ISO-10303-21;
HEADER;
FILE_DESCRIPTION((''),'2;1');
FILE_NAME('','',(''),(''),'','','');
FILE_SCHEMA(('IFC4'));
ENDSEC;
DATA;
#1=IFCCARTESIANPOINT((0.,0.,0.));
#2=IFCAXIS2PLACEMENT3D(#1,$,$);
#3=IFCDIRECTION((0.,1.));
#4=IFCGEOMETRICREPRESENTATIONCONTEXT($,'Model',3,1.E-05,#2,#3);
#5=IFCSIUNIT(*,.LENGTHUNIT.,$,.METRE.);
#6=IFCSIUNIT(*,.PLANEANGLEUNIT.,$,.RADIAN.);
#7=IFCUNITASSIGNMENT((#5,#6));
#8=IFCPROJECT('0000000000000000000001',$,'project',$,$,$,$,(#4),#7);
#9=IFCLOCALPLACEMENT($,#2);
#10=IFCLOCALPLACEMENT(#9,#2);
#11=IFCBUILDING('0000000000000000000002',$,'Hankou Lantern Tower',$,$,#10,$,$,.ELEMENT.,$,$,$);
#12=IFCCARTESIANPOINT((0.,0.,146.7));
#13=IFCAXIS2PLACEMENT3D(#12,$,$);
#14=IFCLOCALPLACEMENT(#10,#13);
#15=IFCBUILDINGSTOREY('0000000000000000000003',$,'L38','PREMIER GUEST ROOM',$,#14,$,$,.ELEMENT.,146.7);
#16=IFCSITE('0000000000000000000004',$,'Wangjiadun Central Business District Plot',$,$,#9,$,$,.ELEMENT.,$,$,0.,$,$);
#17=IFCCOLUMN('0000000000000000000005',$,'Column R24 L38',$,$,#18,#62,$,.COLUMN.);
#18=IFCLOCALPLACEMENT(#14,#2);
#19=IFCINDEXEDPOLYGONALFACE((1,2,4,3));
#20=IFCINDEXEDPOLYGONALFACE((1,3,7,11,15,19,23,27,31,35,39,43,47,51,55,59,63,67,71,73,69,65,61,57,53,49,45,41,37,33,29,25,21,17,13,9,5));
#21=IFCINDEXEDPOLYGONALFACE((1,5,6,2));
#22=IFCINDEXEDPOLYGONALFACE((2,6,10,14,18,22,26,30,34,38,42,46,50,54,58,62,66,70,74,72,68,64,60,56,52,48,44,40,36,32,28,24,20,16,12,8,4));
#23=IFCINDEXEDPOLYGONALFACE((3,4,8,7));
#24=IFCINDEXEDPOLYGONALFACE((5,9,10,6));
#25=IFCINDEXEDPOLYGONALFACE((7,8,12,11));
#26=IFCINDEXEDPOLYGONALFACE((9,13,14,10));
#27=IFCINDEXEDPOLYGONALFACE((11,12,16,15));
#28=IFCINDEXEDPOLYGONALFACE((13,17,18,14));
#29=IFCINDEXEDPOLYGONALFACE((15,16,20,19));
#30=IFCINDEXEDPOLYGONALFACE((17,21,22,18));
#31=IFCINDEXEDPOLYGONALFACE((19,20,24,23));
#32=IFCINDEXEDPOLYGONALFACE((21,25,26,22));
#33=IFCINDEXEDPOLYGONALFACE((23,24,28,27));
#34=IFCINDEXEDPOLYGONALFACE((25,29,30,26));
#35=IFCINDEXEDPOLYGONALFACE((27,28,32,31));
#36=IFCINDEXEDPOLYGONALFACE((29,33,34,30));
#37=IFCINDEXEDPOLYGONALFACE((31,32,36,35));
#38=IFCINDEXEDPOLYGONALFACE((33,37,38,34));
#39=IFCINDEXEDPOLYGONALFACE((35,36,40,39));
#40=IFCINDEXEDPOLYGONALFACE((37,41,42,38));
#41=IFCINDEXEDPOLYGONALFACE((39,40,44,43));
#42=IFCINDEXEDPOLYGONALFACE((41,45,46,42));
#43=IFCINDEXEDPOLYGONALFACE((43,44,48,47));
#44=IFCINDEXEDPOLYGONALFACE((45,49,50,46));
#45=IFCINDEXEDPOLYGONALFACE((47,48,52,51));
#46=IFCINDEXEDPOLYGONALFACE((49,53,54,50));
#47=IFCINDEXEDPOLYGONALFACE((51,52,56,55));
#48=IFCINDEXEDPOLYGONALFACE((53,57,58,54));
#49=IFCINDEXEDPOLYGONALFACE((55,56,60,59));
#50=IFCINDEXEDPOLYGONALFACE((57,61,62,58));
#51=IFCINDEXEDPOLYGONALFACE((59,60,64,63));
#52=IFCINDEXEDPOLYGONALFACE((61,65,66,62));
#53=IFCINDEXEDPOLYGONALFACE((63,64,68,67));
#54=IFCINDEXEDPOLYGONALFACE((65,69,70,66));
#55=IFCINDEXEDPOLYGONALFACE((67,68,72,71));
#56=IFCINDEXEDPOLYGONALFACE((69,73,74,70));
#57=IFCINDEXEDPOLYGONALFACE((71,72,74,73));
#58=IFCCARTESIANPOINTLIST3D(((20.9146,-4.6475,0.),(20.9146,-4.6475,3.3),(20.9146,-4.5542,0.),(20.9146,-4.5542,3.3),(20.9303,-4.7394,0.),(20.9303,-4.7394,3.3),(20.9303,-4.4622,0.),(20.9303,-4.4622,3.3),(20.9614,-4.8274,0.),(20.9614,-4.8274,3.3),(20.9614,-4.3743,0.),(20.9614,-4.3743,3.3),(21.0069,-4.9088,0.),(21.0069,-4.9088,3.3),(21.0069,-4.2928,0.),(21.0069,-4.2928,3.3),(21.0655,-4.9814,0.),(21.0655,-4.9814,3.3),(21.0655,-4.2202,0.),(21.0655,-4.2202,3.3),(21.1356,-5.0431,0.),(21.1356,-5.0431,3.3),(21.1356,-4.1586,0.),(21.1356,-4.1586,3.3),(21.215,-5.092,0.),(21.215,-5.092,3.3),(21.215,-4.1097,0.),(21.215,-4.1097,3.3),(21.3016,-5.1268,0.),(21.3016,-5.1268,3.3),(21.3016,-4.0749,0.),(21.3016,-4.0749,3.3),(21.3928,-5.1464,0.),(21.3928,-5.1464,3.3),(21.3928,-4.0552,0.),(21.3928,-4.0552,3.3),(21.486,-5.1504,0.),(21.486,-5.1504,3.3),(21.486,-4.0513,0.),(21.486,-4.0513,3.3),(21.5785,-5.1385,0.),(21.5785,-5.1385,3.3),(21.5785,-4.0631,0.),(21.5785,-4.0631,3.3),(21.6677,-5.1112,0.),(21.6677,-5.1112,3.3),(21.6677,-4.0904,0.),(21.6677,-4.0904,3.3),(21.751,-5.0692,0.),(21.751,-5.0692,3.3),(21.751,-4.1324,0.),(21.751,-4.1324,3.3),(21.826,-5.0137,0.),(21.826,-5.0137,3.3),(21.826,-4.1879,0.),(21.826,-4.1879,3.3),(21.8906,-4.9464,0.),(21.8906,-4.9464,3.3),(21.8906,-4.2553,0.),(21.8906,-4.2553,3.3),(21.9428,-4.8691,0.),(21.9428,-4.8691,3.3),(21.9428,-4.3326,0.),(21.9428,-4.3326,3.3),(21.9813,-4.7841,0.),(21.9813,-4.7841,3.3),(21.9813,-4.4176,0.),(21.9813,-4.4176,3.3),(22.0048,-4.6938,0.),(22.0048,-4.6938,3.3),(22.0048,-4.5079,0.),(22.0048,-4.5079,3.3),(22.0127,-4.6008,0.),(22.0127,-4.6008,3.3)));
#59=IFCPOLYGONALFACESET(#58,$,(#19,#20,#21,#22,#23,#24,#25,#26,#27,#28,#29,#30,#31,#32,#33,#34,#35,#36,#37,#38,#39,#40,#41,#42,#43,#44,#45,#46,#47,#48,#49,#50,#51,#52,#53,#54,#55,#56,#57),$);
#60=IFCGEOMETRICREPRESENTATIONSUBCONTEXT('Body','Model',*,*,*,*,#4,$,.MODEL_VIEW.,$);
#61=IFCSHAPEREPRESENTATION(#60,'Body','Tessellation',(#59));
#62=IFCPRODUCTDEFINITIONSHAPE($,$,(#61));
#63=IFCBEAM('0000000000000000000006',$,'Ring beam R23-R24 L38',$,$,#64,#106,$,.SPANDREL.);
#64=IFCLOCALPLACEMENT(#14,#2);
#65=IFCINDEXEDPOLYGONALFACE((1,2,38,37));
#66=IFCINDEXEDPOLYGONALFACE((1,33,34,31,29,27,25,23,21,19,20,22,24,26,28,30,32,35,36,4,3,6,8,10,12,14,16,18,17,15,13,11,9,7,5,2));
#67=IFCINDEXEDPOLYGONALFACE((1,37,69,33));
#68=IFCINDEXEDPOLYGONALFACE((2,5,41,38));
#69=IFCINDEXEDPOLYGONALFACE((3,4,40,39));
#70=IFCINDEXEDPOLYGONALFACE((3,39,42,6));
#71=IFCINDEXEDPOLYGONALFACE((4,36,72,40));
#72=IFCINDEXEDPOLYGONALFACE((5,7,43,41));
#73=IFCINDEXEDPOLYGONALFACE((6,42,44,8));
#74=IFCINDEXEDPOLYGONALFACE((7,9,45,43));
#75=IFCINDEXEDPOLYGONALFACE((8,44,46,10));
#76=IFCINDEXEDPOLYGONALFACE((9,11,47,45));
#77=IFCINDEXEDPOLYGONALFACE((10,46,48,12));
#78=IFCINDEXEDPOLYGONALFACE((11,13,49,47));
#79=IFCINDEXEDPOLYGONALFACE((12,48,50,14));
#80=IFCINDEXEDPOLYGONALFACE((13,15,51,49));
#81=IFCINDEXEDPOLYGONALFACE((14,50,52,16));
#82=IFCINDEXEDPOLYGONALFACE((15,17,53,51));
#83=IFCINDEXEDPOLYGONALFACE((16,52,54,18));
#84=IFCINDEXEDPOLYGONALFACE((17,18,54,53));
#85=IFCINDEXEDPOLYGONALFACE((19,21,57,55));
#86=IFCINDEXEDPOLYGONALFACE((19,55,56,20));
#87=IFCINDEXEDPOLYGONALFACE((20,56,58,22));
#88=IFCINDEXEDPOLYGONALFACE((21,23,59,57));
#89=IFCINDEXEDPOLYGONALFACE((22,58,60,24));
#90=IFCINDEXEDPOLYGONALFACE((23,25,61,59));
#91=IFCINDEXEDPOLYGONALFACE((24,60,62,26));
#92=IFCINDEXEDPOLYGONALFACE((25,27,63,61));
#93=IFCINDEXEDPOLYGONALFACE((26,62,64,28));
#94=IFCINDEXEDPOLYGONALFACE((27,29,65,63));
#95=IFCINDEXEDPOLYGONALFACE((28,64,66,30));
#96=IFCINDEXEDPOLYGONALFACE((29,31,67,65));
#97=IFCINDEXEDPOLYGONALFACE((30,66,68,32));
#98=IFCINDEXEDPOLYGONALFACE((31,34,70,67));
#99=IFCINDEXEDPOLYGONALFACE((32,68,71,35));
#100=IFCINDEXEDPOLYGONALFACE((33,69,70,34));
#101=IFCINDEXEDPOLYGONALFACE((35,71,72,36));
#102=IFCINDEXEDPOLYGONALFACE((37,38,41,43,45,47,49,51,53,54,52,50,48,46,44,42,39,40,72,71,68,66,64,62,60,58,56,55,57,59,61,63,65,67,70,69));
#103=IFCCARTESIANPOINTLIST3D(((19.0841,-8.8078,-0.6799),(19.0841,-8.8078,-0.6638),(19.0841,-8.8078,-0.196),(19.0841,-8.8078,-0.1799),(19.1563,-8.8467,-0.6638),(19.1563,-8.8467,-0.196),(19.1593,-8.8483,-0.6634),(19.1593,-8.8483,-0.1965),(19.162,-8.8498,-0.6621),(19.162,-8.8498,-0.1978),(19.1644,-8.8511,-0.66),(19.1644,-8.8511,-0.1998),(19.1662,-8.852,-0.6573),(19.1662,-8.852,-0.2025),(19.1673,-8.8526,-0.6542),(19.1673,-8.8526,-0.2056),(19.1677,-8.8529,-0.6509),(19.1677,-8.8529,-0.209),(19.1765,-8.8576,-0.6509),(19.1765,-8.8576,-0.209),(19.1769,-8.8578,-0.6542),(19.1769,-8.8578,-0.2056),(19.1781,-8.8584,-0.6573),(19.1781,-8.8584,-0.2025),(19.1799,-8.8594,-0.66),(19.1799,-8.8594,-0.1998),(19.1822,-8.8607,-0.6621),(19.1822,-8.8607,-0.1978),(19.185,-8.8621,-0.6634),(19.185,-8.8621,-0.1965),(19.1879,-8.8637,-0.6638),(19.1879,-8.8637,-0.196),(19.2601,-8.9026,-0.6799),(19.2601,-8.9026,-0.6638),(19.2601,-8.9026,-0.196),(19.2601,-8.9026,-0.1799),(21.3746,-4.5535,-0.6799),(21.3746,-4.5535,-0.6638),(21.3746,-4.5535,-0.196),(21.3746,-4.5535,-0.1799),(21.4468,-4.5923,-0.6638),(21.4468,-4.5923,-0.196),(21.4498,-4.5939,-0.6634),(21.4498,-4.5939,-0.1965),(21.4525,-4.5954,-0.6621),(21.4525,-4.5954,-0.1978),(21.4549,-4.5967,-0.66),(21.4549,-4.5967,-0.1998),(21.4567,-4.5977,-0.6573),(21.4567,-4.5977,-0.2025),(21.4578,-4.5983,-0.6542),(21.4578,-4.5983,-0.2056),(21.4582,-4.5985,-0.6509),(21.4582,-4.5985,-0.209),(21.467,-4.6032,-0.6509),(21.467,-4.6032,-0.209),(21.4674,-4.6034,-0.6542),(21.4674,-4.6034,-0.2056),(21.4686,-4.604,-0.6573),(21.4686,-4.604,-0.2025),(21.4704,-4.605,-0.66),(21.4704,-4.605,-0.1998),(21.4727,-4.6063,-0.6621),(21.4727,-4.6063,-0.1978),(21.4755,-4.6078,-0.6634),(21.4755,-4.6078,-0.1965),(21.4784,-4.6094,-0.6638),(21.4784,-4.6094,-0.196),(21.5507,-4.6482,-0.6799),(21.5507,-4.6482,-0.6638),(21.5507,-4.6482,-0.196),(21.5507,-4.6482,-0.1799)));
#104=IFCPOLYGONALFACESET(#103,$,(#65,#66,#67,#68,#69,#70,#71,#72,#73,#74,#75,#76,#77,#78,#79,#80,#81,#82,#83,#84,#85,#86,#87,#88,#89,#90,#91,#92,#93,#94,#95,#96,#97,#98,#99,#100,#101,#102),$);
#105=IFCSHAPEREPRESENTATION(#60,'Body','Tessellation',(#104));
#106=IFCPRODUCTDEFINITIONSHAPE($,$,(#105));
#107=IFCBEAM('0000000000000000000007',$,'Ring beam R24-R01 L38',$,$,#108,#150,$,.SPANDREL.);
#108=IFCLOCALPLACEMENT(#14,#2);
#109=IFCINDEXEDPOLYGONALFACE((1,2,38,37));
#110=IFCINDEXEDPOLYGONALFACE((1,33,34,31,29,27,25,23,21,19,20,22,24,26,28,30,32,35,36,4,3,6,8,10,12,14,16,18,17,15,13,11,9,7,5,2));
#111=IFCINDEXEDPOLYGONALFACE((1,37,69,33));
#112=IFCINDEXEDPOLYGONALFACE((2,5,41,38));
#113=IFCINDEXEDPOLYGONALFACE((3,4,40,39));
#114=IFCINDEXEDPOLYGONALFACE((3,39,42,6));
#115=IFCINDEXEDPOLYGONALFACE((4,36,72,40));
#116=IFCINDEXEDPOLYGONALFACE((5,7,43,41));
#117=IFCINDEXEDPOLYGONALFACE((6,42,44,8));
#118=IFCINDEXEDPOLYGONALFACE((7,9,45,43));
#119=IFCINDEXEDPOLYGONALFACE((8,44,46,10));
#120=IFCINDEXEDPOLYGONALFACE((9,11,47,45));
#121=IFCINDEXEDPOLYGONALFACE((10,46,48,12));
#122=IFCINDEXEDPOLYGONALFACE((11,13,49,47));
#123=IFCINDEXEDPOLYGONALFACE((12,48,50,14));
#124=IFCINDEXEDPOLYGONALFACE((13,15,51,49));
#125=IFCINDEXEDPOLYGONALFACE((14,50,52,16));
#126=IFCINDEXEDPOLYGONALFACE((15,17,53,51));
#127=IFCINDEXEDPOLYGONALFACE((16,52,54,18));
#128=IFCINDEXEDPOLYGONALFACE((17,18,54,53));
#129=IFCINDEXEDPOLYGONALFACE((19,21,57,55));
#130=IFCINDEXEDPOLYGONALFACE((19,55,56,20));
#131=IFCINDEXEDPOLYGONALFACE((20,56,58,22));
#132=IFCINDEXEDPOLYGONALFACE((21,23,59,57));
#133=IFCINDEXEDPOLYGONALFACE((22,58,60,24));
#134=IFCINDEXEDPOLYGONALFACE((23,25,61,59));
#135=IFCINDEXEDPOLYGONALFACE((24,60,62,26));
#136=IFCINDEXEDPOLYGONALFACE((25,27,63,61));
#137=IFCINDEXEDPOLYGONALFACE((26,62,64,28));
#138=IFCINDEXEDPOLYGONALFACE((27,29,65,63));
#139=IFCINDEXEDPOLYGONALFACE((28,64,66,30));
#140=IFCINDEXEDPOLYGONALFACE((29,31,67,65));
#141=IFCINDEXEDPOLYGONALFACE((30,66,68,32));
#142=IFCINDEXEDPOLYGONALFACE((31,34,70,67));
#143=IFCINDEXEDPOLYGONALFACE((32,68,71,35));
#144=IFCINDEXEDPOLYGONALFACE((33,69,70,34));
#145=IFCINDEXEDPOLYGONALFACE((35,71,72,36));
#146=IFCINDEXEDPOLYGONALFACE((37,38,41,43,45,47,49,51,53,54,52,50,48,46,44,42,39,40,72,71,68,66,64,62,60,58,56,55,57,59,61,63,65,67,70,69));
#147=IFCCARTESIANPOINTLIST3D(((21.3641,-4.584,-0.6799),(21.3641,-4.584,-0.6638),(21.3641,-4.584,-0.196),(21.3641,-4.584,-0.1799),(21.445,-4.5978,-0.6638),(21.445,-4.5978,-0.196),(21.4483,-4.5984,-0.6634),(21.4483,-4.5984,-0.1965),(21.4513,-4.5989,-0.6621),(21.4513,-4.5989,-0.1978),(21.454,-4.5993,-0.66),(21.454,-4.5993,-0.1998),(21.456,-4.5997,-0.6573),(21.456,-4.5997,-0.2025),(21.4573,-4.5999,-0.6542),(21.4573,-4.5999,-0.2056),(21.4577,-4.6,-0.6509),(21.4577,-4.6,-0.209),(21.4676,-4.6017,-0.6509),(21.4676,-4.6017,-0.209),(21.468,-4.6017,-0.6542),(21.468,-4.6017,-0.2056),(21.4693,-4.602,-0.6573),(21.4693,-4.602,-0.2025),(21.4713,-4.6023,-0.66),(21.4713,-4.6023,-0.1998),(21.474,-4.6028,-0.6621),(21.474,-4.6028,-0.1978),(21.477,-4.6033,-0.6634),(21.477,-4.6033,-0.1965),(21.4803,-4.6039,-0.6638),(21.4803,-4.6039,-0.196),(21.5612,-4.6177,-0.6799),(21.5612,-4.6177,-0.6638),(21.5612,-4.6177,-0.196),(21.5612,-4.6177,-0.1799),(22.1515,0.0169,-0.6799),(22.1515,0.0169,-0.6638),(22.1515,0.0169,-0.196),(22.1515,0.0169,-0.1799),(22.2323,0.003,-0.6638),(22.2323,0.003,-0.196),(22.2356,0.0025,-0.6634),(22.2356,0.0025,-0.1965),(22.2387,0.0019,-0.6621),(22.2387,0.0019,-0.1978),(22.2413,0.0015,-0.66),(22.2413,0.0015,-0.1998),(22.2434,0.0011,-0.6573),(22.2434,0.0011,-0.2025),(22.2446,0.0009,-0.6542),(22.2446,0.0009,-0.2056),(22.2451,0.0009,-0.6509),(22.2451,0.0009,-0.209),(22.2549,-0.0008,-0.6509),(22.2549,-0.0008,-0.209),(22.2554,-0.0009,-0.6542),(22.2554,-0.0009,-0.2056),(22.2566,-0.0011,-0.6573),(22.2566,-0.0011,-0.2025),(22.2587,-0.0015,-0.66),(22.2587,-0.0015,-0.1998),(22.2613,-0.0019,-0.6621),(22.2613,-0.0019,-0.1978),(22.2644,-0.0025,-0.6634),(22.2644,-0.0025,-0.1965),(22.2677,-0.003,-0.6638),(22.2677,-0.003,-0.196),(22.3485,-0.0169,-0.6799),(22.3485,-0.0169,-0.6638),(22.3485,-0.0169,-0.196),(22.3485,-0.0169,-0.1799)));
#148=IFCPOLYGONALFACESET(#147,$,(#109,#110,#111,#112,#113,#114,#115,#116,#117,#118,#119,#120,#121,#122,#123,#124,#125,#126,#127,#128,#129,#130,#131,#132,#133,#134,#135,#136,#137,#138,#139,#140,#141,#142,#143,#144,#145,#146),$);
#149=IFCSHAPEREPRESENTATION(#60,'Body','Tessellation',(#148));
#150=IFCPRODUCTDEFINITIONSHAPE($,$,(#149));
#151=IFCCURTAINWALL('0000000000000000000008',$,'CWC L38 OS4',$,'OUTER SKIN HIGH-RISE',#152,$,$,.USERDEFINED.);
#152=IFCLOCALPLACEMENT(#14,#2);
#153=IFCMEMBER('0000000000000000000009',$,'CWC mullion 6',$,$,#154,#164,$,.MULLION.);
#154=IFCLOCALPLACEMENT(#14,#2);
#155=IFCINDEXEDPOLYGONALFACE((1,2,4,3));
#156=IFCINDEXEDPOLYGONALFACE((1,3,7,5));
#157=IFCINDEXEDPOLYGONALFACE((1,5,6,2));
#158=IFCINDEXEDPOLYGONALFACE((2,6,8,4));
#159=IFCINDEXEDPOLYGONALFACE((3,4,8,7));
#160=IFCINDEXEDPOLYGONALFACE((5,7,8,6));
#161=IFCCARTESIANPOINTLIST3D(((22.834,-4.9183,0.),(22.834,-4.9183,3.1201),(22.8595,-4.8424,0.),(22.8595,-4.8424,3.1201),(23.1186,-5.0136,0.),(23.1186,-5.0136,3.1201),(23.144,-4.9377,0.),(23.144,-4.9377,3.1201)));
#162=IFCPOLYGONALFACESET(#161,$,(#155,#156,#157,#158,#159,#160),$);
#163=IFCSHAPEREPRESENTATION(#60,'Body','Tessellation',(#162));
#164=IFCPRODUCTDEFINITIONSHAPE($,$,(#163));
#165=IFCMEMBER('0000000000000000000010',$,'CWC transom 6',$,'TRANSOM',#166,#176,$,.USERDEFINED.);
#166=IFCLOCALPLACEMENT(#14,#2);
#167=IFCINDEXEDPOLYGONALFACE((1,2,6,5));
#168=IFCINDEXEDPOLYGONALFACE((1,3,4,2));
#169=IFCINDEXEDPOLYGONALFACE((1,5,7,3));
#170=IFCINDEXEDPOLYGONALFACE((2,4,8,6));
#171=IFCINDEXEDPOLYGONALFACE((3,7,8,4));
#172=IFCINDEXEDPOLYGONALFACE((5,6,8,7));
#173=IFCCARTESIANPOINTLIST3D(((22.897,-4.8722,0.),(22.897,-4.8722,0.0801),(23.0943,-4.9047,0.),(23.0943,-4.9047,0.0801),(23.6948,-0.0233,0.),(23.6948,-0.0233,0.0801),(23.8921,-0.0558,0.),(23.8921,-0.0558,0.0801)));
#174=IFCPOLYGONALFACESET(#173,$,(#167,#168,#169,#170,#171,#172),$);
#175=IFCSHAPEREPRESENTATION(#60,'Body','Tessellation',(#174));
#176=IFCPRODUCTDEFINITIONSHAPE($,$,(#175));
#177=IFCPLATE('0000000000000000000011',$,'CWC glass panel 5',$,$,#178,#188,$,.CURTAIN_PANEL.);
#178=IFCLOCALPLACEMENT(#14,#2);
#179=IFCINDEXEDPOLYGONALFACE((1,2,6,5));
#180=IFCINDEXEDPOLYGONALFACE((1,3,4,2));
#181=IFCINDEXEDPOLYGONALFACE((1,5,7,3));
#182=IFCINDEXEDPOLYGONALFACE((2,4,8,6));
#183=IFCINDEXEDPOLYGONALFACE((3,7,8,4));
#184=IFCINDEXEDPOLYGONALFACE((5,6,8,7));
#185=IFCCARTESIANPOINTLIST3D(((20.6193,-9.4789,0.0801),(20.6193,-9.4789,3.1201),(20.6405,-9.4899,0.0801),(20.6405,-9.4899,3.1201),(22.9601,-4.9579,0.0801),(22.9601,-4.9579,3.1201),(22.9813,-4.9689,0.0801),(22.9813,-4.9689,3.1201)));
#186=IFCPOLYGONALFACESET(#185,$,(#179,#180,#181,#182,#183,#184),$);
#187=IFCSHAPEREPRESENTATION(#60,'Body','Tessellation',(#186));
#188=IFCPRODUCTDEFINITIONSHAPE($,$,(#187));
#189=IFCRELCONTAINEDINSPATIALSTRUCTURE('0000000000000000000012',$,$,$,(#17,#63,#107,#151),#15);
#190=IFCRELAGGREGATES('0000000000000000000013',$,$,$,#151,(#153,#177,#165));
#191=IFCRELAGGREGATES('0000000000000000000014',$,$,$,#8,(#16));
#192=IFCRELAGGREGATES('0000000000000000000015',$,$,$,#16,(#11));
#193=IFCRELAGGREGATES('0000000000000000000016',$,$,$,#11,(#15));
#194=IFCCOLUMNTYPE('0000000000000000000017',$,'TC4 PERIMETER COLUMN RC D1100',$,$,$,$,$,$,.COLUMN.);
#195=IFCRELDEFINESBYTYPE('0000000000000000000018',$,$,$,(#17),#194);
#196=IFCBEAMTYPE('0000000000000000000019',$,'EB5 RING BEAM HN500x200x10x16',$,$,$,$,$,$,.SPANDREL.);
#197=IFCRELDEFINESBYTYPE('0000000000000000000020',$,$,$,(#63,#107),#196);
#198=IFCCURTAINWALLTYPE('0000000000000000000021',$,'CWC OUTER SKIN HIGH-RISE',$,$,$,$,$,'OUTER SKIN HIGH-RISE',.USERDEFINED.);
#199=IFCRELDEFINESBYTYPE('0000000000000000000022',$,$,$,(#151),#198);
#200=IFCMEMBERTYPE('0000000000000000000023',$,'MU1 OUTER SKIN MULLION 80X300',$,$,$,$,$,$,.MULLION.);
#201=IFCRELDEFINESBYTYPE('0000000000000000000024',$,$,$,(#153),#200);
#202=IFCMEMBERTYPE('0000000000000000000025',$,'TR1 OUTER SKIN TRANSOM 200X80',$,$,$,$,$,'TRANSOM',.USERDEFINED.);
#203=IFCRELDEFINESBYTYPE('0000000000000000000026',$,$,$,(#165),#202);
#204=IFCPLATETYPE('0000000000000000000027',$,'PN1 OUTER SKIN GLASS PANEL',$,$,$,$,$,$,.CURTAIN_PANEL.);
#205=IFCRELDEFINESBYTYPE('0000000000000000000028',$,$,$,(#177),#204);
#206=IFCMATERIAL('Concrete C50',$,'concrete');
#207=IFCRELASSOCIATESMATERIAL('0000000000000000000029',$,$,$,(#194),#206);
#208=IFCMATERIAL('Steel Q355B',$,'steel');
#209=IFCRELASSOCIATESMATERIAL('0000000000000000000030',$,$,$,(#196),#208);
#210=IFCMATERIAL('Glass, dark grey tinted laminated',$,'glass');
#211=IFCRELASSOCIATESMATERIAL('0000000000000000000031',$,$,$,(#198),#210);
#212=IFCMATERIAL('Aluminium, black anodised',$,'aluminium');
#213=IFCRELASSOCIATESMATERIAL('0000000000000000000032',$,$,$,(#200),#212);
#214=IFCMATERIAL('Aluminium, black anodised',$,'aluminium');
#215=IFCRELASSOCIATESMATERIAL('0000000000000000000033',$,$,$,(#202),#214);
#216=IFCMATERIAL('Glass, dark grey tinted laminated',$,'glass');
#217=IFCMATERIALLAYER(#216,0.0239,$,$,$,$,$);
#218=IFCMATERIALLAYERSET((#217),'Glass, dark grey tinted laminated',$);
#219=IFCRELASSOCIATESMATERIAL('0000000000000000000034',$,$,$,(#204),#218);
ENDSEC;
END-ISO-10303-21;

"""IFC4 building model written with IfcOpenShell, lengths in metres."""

from ifc_helpers import new_model, si_unit, direction, frame, origin, origin_2d, place, context, subcontext, project, spatial, rectangle, circle, i_section, extrude, material, layer, layer_set, material_profile, profile_set, type_object, element, aggregate, save


model = new_model("IFC4")

# Units and contexts
model_context = context("Model", 3, precision=1e-05, world=origin(), true_north=direction((0.0, 1.0)))
body_context = subcontext(model_context, "Body", "Model", "MODEL_VIEW")
ifc_project = project(units=[si_unit("LENGTHUNIT", "METRE"), si_unit("PLANEANGLEUNIT", "RADIAN")], contexts=[model_context])

# Site, building, storey
site_placement = place(None, origin())
site = spatial("IfcSite", under=ifc_project, at=site_placement, Name="Wangjiadun Central Business District Plot", CompositionType="ELEMENT", RefElevation=0.0)
building_placement = place(site_placement, origin())
building = spatial("IfcBuilding", under=site, at=building_placement, Name="Hankou Lantern Tower", CompositionType="ELEMENT")
storey_placement = place(building_placement, frame((0.0, 0.0, 146.7)))
storey = spatial("IfcBuildingStorey", under=building, at=storey_placement, Name="L38", Description="PREMIER GUEST ROOM", CompositionType="ELEMENT", Elevation=146.7)

# Column
ifc_material_1 = material(Name="Concrete C50", Category="concrete")
ifc_material_profile_1 = material_profile(ifc_material_1, circle(Radius=0.55, at=origin_2d()), Name="RC D1100")
ifc_profile_set_1 = profile_set([ifc_material_profile_1], Name="Concrete C50")
column_type = type_object("IfcColumnType", Name="TC4 PERIMETER COLUMN RC D1100", PredefinedType="COLUMN", material=ifc_profile_set_1)
column_placement = place(storey_placement, frame((21.4626, -4.6008, 0.0), z_axis=(0.0, 0.0, 1.0), x_axis=(1.0, 0.0, 0.0)))
element("IfcColumn", 1, at=column_placement, inside=storey, type_object=column_type, Name="Column R24 L38", PredefinedType="COLUMN", context=body_context, shape_type="SweptSolid", body=[
    extrude(circle(Radius=0.55, at=origin_2d()), origin(), (0.0, 0.0, 1.0), 3.3),
])

# Beams
ifc_material_2 = material(Name="Steel Q355B", Category="steel")
ifc_material_profile_2 = material_profile(ifc_material_2, i_section(OverallWidth=0.2, OverallDepth=0.5, WebThickness=0.01, FlangeThickness=0.0161, FilletRadius=0.0129, at=origin_2d()), Name="HN500x200x10x16")
ifc_profile_set_2 = profile_set([ifc_material_profile_2], Name="Steel Q355B")
beam_type = type_object("IfcBeamType", Name="EB5 RING BEAM HN500x200x10x16", PredefinedType="SPANDREL", material=ifc_profile_set_2)
beam_1_placement = place(storey_placement, frame((19.1721, -8.8552, -0.4299), z_axis=(0.474052, 0.880497, 0.0), x_axis=(-0.880497, 0.474052, 0.0)))
element("IfcBeam", 2, at=beam_1_placement, inside=storey, type_object=beam_type, Name="Ring beam R23-R24 L38", PredefinedType="SPANDREL", context=body_context, shape_type="SweptSolid", body=[
    extrude(i_section(OverallWidth=0.2, OverallDepth=0.5, WebThickness=0.01, FlangeThickness=0.0161, FilletRadius=0.0129, at=origin_2d()), origin(), (0.0, 0.0, 1.0), 4.8318),
])
beam_2_placement = place(storey_placement, frame((21.4626, -4.6008, -0.4299), z_axis=(0.168681, 0.985671, 0.0), x_axis=(-0.985671, 0.168681, 0.0)))
element("IfcBeam", 3, at=beam_2_placement, inside=storey, type_object=beam_type, Name="Ring beam R24-R01 L38", PredefinedType="SPANDREL", context=body_context, shape_type="SweptSolid", body=[
    extrude(i_section(OverallWidth=0.2, OverallDepth=0.5, WebThickness=0.01, FlangeThickness=0.0161, FilletRadius=0.0129, at=origin_2d()), origin(), (0.0, 0.0, 1.0), 4.6677),
])

# Curtain wall, members, plate
ifc_material_3 = material(Name="Glass, dark grey tinted laminated", Category="glass")
curtain_wall_type = type_object("IfcCurtainWallType", Name="CWC OUTER SKIN HIGH-RISE", ElementType="OUTER SKIN HIGH-RISE", PredefinedType="USERDEFINED", material=ifc_material_3)
curtain_wall_placement = place(storey_placement, origin())
curtain_wall = element("IfcCurtainWall", 4, at=curtain_wall_placement, inside=storey, type_object=curtain_wall_type, Name="CWC L38 OS4", ObjectType="OUTER SKIN HIGH-RISE", PredefinedType="USERDEFINED")
ifc_material_4 = material(Name="Aluminium, black anodised", Category="aluminium")
ifc_material_profile_3 = material_profile(ifc_material_4, rectangle(XDim=0.0801, YDim=0.3, at=origin_2d()), Name="MU1 80X300")
ifc_profile_set_3 = profile_set([ifc_material_profile_3], Name="Aluminium, black anodised")
member_type_1 = type_object("IfcMemberType", Name="MU1 OUTER SKIN MULLION 80X300", PredefinedType="MULLION", material=ifc_profile_set_3)
member_1_placement = place(storey_placement, frame((22.989, -4.928, 0.0), z_axis=(0.0, 0.0, 1.0), x_axis=(0.317596, 0.948226, 0.0)))
member_1 = element("IfcMember", 5, at=member_1_placement, type_object=member_type_1, Name="CWC mullion 6", PredefinedType="MULLION", context=body_context, shape_type="SweptSolid", body=[
    extrude(rectangle(XDim=0.0801, YDim=0.3, at=origin_2d()), origin(), (0.0, 0.0, 1.0), 3.1201),
])
ifc_material_5 = material(Name="Aluminium, black anodised", Category="aluminium")
ifc_material_profile_4 = material_profile(ifc_material_5, rectangle(XDim=0.2, YDim=0.0801, at=origin_2d()), Name="TR1 200X80")
ifc_profile_set_4 = profile_set([ifc_material_profile_4], Name="Aluminium, black anodised")
member_type_2 = type_object("IfcMemberType", Name="TR1 OUTER SKIN TRANSOM 200X80", ElementType="TRANSOM", PredefinedType="USERDEFINED", material=ifc_profile_set_4)
member_2_placement = place(storey_placement, frame((22.9956, -4.8884, 0.04), z_axis=(0.16236, 0.986732, 0.0), x_axis=(-0.986732, 0.16236, 0.0)))
member_2 = element("IfcMember", 6, at=member_2_placement, type_object=member_type_2, Name="CWC transom 6", ObjectType="TRANSOM", PredefinedType="USERDEFINED", context=body_context, shape_type="SweptSolid", body=[
    extrude(rectangle(XDim=0.2, YDim=0.0801, at=origin_2d()), origin(), (0.0, 0.0, 1.0), 4.9141),
])
ifc_material_6 = material(Name="Glass, dark grey tinted laminated", Category="glass")
ifc_layer_1 = layer(ifc_material_6, 0.0239)
ifc_layer_set_1 = layer_set([ifc_layer_1], Name="Glass, dark grey tinted laminated")
plate_type = type_object("IfcPlateType", Name="PN1 OUTER SKIN GLASS PANEL", PredefinedType="CURTAIN_PANEL", material=ifc_layer_set_1)
plate_1_placement = place(storey_placement, frame((21.8003, -7.2239, 0.0801), z_axis=(0.0, 0.0, 1.0), x_axis=(0.459791, 0.888027, 0.0)))
plate_1 = element("IfcPlate", 7, at=plate_1_placement, type_object=plate_type, Name="CWC glass panel 5", PredefinedType="CURTAIN_PANEL", context=body_context, shape_type="SweptSolid", body=[
    extrude(rectangle(XDim=5.0911, YDim=0.0239, at=origin_2d()), origin(), (0.0, 0.0, 1.0), 3.04),
])
aggregate(curtain_wall, [member_1, plate_1, member_2])

save(model, "model.ifc")
